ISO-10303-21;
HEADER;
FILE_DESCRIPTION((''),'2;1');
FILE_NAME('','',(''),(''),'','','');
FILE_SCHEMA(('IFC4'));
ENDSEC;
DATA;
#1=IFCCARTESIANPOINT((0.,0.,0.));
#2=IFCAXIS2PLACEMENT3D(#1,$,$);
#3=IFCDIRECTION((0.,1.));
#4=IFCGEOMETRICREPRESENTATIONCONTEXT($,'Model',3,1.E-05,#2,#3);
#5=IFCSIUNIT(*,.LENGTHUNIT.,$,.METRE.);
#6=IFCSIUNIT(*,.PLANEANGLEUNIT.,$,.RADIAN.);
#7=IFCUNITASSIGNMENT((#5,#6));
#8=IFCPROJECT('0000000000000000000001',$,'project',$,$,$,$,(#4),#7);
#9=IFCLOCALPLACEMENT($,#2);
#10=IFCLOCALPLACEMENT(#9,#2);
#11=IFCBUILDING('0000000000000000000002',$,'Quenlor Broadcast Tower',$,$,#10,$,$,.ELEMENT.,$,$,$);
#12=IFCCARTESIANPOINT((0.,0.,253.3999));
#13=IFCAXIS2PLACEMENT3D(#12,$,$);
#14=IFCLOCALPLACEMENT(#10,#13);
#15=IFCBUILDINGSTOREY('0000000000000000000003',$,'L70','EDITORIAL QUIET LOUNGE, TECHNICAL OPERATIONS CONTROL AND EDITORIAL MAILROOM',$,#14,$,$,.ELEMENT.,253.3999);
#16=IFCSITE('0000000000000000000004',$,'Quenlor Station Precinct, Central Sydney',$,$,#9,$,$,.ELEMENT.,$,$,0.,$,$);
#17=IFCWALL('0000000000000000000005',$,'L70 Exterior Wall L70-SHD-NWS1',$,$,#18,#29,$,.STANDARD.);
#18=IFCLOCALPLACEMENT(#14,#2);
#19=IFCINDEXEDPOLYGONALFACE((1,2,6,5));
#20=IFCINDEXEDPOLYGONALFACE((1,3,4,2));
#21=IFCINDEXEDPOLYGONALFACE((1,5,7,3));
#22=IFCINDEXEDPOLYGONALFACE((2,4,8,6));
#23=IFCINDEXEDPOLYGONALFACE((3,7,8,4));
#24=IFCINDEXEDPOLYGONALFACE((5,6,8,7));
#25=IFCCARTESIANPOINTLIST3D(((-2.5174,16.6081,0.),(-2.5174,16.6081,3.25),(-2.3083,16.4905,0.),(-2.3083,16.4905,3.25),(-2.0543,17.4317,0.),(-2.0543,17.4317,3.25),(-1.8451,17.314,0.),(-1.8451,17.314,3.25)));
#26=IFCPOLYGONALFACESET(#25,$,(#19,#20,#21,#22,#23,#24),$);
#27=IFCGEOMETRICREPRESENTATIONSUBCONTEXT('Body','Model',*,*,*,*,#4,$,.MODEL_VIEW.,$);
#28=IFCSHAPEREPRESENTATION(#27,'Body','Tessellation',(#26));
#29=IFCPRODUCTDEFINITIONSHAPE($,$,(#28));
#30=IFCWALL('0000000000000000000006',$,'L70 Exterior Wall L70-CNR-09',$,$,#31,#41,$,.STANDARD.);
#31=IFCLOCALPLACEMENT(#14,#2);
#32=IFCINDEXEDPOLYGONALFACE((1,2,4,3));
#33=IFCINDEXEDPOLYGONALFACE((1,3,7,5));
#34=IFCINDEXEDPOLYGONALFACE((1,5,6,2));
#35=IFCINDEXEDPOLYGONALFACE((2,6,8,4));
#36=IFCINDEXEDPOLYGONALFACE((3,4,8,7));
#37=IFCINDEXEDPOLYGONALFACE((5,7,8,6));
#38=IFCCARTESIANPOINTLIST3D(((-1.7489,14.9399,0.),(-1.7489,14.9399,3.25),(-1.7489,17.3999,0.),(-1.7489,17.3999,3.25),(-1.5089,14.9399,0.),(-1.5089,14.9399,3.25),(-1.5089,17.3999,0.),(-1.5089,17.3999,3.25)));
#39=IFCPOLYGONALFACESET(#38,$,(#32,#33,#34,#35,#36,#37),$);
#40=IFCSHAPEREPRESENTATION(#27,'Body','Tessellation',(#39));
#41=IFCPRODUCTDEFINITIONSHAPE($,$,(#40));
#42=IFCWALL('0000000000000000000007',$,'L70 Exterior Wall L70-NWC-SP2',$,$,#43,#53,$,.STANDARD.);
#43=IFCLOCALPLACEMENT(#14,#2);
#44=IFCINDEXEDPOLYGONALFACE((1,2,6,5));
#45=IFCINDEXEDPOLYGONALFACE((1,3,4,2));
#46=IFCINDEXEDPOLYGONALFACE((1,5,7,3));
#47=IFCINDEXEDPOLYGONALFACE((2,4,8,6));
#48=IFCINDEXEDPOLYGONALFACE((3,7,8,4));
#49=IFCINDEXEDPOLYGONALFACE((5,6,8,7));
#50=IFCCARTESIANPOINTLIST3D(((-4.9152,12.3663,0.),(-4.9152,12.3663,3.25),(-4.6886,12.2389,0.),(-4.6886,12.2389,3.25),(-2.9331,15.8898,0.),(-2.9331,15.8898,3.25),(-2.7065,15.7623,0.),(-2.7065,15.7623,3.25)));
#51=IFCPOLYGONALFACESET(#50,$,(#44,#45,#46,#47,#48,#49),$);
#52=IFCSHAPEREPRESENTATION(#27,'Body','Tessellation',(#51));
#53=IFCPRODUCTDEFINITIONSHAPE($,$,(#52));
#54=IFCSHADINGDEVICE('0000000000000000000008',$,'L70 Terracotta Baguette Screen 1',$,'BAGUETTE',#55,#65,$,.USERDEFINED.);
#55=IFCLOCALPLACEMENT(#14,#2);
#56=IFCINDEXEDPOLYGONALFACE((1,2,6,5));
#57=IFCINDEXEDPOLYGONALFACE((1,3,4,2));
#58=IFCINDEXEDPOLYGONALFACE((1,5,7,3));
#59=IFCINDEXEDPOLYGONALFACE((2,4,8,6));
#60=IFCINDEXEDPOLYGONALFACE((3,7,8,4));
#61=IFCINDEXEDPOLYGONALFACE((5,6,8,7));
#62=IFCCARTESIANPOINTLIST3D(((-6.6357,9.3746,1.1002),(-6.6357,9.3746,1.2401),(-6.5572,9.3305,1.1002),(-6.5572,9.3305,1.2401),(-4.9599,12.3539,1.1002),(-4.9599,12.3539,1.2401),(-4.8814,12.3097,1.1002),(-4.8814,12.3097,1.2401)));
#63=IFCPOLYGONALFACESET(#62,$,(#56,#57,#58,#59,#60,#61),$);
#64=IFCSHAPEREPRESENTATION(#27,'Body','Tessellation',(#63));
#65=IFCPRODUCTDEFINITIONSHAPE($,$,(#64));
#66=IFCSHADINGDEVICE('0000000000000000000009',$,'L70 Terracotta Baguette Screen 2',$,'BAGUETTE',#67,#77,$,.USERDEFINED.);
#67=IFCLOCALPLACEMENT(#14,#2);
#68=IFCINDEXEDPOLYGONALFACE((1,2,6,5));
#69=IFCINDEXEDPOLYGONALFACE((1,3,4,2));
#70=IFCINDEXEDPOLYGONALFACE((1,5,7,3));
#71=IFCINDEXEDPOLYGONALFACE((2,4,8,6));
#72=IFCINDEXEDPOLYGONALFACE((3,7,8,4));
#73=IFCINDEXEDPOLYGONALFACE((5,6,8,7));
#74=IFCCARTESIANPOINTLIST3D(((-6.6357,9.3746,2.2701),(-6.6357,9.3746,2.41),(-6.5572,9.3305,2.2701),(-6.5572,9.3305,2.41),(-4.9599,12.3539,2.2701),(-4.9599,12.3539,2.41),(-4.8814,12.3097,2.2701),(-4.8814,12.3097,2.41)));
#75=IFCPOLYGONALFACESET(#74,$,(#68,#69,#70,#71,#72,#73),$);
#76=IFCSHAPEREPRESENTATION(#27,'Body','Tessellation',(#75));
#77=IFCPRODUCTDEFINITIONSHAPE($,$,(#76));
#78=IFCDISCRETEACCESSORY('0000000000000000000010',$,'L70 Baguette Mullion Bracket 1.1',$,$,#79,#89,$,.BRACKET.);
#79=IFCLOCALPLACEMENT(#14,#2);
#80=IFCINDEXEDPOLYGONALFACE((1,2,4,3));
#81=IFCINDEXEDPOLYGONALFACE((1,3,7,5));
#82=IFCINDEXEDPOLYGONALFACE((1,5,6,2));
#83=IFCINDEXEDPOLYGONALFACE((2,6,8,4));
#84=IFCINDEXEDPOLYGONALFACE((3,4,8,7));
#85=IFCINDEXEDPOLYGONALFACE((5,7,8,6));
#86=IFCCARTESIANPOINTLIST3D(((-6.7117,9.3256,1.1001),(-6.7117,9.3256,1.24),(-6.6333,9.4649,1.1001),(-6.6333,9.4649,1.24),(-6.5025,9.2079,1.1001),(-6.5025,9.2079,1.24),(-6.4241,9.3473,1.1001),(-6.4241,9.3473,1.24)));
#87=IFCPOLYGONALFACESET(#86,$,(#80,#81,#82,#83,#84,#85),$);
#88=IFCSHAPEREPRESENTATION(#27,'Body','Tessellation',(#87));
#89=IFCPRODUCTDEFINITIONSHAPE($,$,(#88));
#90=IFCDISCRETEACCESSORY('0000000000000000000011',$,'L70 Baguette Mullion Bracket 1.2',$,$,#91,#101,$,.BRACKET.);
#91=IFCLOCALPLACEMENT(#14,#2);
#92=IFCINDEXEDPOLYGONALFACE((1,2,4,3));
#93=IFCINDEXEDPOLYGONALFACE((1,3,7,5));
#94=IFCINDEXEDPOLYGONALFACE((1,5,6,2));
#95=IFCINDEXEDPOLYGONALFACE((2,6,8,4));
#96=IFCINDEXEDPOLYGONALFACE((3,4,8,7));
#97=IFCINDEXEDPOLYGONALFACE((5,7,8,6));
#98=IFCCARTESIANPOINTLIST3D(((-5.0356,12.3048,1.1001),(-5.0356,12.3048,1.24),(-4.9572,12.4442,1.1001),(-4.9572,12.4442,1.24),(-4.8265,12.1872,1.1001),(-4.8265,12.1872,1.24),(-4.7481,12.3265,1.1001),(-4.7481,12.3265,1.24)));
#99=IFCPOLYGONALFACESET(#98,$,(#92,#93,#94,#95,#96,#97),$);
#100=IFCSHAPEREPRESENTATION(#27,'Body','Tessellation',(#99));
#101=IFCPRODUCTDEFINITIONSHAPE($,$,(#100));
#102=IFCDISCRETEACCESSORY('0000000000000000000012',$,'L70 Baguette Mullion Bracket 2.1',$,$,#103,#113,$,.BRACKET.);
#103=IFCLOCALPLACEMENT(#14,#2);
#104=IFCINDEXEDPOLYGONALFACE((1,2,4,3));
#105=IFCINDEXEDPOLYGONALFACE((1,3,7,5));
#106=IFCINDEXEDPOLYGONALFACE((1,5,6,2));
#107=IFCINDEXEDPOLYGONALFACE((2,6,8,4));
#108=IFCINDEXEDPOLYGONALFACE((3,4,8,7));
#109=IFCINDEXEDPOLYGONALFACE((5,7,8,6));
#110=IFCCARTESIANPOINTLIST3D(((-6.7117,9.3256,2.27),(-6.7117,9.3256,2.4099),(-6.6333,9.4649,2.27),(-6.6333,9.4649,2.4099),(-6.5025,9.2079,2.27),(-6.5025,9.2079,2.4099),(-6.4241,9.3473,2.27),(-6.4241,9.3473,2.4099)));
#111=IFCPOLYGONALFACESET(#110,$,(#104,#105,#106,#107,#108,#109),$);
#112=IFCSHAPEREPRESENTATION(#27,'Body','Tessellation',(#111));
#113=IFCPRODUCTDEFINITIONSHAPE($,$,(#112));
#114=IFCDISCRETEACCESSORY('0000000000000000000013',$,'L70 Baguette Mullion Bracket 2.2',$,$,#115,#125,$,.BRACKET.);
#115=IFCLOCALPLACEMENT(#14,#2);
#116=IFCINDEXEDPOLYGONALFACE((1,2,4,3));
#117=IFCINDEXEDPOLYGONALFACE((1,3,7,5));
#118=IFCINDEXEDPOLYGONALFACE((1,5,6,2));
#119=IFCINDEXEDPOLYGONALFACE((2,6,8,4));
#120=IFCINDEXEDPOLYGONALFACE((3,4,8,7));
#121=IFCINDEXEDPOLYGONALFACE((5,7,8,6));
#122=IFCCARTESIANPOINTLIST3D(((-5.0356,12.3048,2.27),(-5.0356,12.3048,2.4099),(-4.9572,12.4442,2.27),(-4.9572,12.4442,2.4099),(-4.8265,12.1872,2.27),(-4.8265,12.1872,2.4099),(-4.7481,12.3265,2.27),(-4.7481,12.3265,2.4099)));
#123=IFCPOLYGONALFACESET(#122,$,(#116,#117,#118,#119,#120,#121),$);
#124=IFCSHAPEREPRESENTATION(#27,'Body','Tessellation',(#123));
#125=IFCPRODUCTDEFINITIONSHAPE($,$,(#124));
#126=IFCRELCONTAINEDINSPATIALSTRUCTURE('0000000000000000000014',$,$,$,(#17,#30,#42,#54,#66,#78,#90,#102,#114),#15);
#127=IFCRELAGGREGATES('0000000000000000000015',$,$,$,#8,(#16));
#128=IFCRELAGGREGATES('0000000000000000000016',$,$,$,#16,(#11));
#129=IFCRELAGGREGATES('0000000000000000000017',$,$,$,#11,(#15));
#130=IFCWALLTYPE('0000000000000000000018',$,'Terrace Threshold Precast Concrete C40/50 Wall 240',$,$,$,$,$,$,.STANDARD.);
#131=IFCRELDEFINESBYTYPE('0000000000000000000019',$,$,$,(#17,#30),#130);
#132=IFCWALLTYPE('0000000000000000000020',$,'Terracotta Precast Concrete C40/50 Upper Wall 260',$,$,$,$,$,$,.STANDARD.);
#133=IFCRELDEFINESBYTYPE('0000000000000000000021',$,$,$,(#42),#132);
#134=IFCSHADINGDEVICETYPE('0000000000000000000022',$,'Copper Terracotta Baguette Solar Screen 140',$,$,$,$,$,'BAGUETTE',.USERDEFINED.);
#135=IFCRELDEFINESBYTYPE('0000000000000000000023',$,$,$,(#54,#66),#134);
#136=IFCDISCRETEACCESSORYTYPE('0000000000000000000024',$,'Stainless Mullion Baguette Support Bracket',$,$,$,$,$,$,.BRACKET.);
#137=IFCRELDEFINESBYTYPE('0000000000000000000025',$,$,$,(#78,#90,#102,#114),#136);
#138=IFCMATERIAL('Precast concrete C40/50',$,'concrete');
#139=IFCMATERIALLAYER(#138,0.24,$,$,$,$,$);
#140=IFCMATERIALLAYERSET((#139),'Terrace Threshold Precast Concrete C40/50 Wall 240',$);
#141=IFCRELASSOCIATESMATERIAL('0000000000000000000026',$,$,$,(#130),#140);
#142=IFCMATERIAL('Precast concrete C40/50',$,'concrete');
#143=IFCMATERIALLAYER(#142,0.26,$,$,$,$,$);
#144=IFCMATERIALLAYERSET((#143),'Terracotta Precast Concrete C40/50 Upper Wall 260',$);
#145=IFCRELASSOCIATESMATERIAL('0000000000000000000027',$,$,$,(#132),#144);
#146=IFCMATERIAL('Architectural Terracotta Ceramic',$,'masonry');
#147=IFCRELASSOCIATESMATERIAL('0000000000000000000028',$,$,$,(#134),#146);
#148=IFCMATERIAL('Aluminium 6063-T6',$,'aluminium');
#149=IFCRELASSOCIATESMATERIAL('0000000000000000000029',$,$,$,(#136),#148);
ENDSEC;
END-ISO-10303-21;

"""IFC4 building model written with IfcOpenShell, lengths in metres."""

from ifc_helpers import new_model, si_unit, direction, frame, frame_2d, origin, origin_2d, place, context, subcontext, project, spatial, rectangle, extrude, material, layer, layer_set, material_profile, profile_set, type_object, element, save


model = new_model("IFC4")

# Units and contexts
model_context = context("Model", 3, precision=1e-05, world=origin(), true_north=direction((0.0, 1.0)))
body_context = subcontext(model_context, "Body", "Model", "MODEL_VIEW")
ifc_project = project(units=[si_unit("LENGTHUNIT", "METRE"), si_unit("PLANEANGLEUNIT", "RADIAN")], contexts=[model_context])

# Site, building, storey
site_placement = place(None, origin())
site = spatial("IfcSite", under=ifc_project, at=site_placement, Name="Quenlor Station Precinct, Central Sydney", CompositionType="ELEMENT", RefElevation=0.0)
building_placement = place(site_placement, origin())
building = spatial("IfcBuilding", under=site, at=building_placement, Name="Quenlor Broadcast Tower", CompositionType="ELEMENT")
storey_placement = place(building_placement, frame((0.0, 0.0, 253.3999)))
storey = spatial("IfcBuildingStorey", under=building, at=storey_placement, Name="L70", Description="EDITORIAL QUIET LOUNGE, TECHNICAL OPERATIONS CONTROL AND EDITORIAL MAILROOM", CompositionType="ELEMENT", Elevation=253.3999)

# Walls
ifc_material_1 = material(Name="Precast concrete C40/50", Category="concrete")
ifc_layer_1 = layer(ifc_material_1, 0.24)
ifc_layer_set_1 = layer_set([ifc_layer_1], Name="Terrace Threshold Precast Concrete C40/50 Wall 240")
wall_type_1 = type_object("IfcWallType", Name="Terrace Threshold Precast Concrete C40/50 Wall 240", PredefinedType="STANDARD", material=ifc_layer_set_1)
wall_1_placement = place(storey_placement, frame((-2.4128, 16.5493, 0.0), z_axis=(0.0, 0.0, 1.0), x_axis=(0.4902, 0.87161, 0.0)))
element("IfcWall", 1, at=wall_1_placement, inside=storey, type_object=wall_type_1, Name="L70 Exterior Wall L70-SHD-NWS1", PredefinedType="STANDARD", context=body_context, shape_type="SweptSolid", body=[
    extrude(rectangle(XDim=0.9448, YDim=0.24, at=frame_2d((0.4724, 0.0))), origin(), (0.0, 0.0, 1.0), 3.25),
])
wall_2_placement = place(storey_placement, frame((-1.6289, 14.9399, 0.0), z_axis=(0.0, 0.0, 1.0), x_axis=(0.0, 1.0, 0.0)))
element("IfcWall", 2, at=wall_2_placement, inside=storey, type_object=wall_type_1, Name="L70 Exterior Wall L70-CNR-09", PredefinedType="STANDARD", context=body_context, shape_type="SweptSolid", body=[
    extrude(rectangle(XDim=2.46, YDim=0.24, at=frame_2d((1.23, 0.0))), origin(), (0.0, 0.0, 1.0), 3.25),
])
ifc_material_2 = material(Name="Precast concrete C40/50", Category="concrete")
ifc_layer_2 = layer(ifc_material_2, 0.26)
ifc_layer_set_2 = layer_set([ifc_layer_2], Name="Terracotta Precast Concrete C40/50 Upper Wall 260")
wall_type_2 = type_object("IfcWallType", Name="Terracotta Precast Concrete C40/50 Upper Wall 260", PredefinedType="STANDARD", material=ifc_layer_set_2)
wall_3_placement = place(storey_placement, frame((-4.802, 12.3025, 0.0), z_axis=(0.0, 0.0, 1.0), x_axis=(0.490307, 0.87155, 0.0)))
element("IfcWall", 3, at=wall_3_placement, inside=storey, type_object=wall_type_2, Name="L70 Exterior Wall L70-NWC-SP2", PredefinedType="STANDARD", context=body_context, shape_type="SweptSolid", body=[
    extrude(rectangle(XDim=4.0427, YDim=0.26, at=frame_2d((2.0215, 0.0))), origin(), (0.0, 0.0, 1.0), 3.25),
])

# Shading devices
ifc_material_3 = material(Name="Architectural Terracotta Ceramic", Category="masonry")
ifc_material_profile_1 = material_profile(ifc_material_3, rectangle(XDim=0.0901, YDim=0.1399, at=origin_2d()))
ifc_profile_set_1 = profile_set([ifc_material_profile_1], Name="Architectural Terracotta Ceramic BAG90x140")
shading_device_type = type_object("IfcShadingDeviceType", Name="Copper Terracotta Baguette Solar Screen 140", ElementType="BAGUETTE", PredefinedType="USERDEFINED", material=ifc_profile_set_1)
for number, where, z_axis, x_axis, name in (
    (4, (-6.5964, 9.3525, 1.1702), (0.490251, 0.871581, 0.0), (-0.871581, 0.490251, 0.0), "L70 Terracotta Baguette Screen 1"),
    (5, (-6.5964, 9.3525, 2.3401), (0.490251, 0.871581, 0.0), (-0.871581, 0.490251, 0.0), "L70 Terracotta Baguette Screen 2"),
):
    element("IfcShadingDevice", number, at=place(storey_placement, frame(where, z_axis=z_axis, x_axis=x_axis)), inside=storey, type_object=shading_device_type, Name=name, ObjectType="BAGUETTE", PredefinedType="USERDEFINED", context=body_context, shape_type="SweptSolid", body=[
        extrude(rectangle(XDim=0.0901, YDim=0.1399, at=origin_2d()), origin(), (0.0, 0.0, 1.0), 3.4182),
    ])

# Discrete accessories
ifc_material_4 = material(Name="Aluminium 6063-T6", Category="aluminium")
discrete_accessory_type = type_object("IfcDiscreteAccessoryType", Name="Stainless Mullion Baguette Support Bracket", PredefinedType="BRACKET", material=ifc_material_4)
for number, where, z_axis, x_axis, name in (
    (6, (-6.5679, 9.3364, 1.1001), (0.0, 0.0, 1.0), (0.49025, 0.871582, 0.0), "L70 Baguette Mullion Bracket 1.1"),
    (7, (-4.8918, 12.3157, 1.1001), (0.0, 0.0, 1.0), (0.49025, 0.871582, 0.0), "L70 Baguette Mullion Bracket 1.2"),
    (8, (-6.5679, 9.3364, 2.27), (0.0, 0.0, 1.0), (0.49025, 0.871582, 0.0), "L70 Baguette Mullion Bracket 2.1"),
    (9, (-4.8918, 12.3157, 2.27), (0.0, 0.0, 1.0), (0.49025, 0.871582, 0.0), "L70 Baguette Mullion Bracket 2.2"),
):
    element("IfcDiscreteAccessory", number, at=place(storey_placement, frame(where, z_axis=z_axis, x_axis=x_axis)), inside=storey, type_object=discrete_accessory_type, Name=name, PredefinedType="BRACKET", context=body_context, shape_type="SweptSolid", body=[
        extrude(rectangle(XDim=0.1599, YDim=0.24, at=origin_2d()), origin(), (0.0, 0.0, 1.0), 0.1399),
    ])

save(model, "model.ifc")
